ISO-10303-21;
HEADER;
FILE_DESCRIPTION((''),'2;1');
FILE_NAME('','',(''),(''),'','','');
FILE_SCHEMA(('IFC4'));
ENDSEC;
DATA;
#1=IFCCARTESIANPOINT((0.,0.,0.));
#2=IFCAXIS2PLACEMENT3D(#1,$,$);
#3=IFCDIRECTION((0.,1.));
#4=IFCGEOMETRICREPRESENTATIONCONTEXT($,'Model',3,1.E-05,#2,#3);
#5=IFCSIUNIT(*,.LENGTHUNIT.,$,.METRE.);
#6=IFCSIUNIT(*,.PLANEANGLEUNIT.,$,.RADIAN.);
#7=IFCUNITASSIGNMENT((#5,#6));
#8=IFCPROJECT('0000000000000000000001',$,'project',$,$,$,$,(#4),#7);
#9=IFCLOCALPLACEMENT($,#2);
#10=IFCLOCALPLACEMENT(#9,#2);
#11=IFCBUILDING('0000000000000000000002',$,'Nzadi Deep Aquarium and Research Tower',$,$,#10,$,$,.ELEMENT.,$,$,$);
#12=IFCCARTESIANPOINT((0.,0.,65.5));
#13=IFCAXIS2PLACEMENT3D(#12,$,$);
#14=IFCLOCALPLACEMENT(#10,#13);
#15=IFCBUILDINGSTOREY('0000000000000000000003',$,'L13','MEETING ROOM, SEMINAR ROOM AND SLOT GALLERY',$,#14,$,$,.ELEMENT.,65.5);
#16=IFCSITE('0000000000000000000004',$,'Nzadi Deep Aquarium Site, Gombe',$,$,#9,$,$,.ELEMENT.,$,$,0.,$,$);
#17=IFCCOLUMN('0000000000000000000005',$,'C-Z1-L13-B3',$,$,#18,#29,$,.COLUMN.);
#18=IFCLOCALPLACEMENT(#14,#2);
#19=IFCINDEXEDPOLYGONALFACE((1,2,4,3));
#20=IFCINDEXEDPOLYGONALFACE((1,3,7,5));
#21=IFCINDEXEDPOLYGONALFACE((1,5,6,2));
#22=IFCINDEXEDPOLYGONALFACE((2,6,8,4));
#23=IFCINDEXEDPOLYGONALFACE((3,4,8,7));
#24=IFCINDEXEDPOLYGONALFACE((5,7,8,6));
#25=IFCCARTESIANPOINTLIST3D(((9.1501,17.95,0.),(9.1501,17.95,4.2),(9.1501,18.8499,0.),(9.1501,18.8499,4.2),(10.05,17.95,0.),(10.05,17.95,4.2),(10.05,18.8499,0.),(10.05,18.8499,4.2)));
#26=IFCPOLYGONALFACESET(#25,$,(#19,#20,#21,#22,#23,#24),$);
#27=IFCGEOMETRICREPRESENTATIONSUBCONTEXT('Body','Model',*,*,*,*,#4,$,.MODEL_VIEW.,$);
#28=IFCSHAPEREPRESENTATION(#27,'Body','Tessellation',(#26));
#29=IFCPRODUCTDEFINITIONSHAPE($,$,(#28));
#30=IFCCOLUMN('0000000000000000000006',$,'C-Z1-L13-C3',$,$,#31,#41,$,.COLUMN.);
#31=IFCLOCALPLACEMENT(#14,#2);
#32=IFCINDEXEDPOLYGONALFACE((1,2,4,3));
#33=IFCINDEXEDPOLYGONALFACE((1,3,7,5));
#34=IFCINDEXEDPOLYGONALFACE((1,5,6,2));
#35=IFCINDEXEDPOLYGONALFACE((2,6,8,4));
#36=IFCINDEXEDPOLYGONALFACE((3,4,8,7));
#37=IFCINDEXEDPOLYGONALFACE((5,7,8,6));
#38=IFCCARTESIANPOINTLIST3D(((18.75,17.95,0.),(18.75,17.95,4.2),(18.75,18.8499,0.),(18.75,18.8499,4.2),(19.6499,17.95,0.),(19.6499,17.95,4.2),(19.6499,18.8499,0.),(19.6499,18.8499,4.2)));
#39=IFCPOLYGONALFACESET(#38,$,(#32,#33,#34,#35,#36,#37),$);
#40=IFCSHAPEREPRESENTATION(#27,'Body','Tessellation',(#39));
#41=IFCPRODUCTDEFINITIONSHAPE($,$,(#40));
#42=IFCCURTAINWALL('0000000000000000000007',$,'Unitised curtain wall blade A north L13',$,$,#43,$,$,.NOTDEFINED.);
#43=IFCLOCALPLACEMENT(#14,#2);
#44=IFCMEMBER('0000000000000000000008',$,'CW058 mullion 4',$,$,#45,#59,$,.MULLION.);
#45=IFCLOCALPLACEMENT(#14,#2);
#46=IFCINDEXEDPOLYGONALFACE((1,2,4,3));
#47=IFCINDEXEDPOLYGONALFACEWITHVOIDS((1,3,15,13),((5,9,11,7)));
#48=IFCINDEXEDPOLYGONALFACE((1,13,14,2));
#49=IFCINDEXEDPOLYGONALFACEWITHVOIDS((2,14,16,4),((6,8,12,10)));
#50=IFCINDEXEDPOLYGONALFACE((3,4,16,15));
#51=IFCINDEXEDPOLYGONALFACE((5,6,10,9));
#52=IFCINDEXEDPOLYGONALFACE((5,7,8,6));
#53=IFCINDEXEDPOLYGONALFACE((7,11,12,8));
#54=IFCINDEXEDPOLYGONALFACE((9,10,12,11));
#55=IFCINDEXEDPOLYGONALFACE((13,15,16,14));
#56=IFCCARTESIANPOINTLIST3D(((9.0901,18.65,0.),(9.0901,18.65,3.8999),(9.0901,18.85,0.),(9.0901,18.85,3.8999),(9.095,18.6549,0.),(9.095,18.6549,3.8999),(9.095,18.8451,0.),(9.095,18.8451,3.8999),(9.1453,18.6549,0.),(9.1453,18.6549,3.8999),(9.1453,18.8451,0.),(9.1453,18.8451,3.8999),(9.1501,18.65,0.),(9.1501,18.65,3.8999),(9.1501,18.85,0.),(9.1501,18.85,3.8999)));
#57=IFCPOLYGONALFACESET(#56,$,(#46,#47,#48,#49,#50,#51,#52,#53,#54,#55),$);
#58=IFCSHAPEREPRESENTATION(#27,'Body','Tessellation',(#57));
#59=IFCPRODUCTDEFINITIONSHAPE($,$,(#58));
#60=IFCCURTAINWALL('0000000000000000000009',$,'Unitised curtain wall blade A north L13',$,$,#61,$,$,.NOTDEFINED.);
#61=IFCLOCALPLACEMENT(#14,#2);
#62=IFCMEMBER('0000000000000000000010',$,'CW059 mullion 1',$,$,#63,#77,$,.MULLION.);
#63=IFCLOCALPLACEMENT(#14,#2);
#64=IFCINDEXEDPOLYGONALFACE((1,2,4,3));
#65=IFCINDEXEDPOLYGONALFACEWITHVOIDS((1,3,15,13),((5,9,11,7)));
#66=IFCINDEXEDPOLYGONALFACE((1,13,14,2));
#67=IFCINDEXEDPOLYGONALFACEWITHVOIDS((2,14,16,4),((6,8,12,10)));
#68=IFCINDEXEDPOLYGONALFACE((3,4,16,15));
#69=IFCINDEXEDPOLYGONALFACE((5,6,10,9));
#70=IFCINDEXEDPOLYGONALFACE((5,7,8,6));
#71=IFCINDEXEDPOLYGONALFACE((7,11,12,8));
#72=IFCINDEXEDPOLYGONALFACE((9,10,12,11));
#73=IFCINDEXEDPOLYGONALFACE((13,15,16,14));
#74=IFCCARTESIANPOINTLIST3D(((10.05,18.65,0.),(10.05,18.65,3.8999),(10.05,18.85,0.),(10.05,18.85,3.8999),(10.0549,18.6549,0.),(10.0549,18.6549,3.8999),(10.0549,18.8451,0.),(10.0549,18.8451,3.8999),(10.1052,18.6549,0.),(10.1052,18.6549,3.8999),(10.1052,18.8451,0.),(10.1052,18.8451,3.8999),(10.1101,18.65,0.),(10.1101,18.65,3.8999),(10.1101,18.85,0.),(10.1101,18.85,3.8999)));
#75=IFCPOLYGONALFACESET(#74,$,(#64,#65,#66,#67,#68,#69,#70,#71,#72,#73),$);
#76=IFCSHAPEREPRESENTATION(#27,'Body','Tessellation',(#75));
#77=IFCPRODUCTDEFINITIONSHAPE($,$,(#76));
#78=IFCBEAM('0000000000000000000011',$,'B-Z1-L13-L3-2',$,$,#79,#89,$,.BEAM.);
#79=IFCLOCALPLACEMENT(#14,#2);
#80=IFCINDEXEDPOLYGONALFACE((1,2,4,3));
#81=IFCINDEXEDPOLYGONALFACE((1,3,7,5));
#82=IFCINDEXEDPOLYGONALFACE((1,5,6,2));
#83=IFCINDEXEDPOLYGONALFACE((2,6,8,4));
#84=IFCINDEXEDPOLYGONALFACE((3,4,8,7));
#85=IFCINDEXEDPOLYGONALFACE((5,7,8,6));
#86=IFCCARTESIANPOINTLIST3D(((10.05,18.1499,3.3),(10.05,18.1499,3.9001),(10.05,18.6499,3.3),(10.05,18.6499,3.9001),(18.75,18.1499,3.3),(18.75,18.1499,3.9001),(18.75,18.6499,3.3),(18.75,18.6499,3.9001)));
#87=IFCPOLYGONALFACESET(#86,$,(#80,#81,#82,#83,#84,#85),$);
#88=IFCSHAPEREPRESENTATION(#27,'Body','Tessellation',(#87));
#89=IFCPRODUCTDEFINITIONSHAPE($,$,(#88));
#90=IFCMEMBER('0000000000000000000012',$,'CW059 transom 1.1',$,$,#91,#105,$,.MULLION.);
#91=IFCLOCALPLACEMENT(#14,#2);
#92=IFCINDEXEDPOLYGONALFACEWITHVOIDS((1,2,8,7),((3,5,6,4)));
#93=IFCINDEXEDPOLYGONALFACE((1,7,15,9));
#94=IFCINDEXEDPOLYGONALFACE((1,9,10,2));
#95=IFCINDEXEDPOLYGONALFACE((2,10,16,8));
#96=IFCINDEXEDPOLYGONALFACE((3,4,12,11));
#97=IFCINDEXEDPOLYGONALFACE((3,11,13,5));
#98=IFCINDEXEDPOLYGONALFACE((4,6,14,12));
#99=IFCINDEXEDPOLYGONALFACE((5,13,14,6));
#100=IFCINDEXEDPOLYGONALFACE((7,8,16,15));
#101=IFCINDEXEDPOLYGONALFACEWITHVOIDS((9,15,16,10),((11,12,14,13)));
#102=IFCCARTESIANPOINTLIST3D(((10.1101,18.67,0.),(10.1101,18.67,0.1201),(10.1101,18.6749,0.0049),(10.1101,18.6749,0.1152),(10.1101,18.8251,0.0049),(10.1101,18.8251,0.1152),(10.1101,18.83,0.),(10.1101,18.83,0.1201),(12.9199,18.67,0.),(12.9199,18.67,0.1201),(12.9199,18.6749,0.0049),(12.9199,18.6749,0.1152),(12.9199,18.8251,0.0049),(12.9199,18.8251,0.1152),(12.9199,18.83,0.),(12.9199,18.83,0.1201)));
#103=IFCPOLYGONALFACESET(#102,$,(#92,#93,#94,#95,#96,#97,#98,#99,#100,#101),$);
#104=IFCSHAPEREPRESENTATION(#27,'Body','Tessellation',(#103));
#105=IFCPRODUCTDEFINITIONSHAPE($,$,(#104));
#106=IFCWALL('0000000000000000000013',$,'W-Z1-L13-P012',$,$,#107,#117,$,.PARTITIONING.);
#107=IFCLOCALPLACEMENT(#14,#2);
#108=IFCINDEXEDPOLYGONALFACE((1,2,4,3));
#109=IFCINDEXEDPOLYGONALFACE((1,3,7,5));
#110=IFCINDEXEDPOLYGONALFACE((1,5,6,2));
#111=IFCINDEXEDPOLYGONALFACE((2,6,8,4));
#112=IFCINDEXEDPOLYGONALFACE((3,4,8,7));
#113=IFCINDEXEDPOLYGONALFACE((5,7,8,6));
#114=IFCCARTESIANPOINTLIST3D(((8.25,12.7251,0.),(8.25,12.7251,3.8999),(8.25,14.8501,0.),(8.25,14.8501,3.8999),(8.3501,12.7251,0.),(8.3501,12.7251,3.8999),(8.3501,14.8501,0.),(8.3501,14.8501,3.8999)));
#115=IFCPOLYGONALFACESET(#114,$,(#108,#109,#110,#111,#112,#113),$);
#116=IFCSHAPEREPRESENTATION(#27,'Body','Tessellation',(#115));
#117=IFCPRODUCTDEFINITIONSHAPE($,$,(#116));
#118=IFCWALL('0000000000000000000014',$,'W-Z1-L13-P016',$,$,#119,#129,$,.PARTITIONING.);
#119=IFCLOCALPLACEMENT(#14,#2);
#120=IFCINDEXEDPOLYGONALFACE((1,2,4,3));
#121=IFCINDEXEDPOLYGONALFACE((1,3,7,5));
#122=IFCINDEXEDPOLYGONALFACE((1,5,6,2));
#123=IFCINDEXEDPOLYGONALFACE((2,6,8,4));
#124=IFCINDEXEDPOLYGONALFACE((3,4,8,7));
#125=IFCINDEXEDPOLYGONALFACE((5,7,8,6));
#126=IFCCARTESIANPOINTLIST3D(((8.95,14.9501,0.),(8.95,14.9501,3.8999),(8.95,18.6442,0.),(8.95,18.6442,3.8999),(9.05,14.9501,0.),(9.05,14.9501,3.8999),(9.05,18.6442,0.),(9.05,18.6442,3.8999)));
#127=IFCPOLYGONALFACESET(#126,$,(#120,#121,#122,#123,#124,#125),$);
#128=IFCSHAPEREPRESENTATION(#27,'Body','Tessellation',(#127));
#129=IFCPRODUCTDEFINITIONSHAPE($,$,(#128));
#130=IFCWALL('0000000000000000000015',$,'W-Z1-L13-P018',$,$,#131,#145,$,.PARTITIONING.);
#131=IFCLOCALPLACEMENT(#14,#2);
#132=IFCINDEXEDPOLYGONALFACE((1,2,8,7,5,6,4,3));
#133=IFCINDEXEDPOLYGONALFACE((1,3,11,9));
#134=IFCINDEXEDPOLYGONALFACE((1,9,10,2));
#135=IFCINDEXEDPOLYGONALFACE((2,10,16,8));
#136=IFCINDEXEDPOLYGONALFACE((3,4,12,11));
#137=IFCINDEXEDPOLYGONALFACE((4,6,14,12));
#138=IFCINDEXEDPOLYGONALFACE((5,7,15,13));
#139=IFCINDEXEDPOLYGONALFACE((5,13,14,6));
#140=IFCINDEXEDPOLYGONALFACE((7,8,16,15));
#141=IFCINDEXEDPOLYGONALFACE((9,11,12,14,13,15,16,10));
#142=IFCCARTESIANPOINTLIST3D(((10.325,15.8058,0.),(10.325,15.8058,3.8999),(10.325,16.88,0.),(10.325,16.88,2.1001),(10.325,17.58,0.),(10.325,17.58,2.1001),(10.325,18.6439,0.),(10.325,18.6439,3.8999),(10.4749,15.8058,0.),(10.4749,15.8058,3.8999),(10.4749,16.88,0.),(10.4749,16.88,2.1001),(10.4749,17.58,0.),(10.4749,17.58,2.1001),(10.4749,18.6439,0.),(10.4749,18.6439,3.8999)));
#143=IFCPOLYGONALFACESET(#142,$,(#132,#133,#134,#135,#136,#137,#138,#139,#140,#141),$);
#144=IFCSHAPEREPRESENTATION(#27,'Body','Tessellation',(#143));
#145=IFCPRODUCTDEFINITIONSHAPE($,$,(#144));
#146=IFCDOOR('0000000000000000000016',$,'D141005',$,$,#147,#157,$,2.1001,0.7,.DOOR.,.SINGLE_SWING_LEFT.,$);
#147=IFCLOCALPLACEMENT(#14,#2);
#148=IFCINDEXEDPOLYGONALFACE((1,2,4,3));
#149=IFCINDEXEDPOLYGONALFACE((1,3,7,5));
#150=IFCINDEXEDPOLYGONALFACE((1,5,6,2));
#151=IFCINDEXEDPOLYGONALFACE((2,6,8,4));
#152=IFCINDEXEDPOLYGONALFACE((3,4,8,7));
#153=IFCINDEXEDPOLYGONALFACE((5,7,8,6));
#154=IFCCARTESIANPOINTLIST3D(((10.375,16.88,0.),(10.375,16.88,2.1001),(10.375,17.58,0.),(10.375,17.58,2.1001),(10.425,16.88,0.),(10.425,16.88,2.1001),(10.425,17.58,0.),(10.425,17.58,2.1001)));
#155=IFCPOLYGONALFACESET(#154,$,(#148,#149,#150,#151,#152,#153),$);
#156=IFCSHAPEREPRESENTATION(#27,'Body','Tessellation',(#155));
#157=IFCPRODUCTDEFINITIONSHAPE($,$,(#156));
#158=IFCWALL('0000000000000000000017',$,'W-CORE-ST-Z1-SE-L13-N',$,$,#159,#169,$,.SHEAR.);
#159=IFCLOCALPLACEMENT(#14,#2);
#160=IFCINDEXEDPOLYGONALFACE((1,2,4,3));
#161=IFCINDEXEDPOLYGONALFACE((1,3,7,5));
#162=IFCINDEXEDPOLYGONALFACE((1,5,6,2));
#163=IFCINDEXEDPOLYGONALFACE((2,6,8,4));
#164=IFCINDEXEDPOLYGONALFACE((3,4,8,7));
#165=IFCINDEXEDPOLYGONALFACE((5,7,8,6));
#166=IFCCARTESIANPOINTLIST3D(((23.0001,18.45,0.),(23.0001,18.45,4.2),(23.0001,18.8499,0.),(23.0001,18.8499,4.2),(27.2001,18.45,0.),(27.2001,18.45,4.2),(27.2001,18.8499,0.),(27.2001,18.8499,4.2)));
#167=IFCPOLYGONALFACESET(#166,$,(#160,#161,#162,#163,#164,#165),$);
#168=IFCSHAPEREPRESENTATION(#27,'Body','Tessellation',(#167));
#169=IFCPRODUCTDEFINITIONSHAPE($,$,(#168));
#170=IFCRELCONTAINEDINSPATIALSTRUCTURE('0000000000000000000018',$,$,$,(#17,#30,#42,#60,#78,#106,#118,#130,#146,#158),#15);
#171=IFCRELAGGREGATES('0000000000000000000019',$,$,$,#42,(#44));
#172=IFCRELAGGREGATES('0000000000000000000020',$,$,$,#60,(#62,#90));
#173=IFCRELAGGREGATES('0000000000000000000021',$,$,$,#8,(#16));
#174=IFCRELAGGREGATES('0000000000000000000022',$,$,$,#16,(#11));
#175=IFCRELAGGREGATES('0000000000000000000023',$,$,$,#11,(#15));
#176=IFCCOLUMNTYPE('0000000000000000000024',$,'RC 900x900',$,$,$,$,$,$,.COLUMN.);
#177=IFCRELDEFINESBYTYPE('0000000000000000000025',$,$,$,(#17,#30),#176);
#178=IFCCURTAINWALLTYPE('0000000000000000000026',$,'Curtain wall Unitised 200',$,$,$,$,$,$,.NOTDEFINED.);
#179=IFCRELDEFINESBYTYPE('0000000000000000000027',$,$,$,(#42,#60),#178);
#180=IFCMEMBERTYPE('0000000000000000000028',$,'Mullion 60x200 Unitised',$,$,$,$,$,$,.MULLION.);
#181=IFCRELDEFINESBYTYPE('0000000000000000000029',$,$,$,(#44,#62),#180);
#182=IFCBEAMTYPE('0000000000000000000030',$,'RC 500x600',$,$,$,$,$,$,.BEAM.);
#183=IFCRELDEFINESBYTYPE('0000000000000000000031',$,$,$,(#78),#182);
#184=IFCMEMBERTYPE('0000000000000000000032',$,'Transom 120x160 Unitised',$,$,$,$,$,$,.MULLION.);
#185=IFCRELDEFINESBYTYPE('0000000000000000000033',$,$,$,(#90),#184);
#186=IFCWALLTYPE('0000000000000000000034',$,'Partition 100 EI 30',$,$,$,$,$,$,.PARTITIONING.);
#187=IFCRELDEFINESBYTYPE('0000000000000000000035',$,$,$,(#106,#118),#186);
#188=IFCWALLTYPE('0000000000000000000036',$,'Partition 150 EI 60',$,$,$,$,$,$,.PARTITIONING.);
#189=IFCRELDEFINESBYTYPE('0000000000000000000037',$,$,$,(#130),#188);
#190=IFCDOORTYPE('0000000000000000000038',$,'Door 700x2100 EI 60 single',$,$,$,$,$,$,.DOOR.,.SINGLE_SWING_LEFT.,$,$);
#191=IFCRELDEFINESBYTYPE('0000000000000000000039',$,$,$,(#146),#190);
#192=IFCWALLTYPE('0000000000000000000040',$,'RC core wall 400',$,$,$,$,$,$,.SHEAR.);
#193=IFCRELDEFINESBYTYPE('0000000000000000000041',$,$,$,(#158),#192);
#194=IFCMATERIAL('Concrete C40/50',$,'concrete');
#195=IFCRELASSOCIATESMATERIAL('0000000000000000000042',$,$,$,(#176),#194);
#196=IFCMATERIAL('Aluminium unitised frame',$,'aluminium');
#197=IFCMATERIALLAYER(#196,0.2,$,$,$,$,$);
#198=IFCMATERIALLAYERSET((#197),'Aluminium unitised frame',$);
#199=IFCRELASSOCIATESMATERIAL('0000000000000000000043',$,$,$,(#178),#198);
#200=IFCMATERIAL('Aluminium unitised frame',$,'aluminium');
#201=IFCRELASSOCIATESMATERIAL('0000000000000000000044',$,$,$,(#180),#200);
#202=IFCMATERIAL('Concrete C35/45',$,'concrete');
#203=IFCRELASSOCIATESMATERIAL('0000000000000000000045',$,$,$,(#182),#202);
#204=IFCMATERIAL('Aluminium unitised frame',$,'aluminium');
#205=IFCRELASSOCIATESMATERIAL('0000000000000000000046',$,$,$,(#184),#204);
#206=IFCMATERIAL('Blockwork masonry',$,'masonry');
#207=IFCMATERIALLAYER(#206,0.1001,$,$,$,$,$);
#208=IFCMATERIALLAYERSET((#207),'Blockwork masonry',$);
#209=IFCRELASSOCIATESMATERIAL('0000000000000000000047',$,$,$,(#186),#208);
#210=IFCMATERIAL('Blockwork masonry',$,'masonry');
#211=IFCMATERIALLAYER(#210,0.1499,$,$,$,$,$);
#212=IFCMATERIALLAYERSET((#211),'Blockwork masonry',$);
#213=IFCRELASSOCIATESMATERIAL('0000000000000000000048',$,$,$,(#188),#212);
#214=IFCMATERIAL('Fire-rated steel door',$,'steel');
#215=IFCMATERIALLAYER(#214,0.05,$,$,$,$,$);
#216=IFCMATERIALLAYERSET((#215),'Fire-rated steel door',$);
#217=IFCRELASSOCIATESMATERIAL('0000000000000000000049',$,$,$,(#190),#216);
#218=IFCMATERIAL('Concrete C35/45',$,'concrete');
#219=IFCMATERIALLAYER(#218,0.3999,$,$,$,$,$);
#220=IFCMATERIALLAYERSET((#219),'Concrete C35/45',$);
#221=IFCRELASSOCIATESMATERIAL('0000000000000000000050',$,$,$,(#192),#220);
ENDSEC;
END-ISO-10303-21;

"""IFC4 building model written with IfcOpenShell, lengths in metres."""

from ifc_helpers import new_model, si_unit, direction, frame, frame_2d, origin, origin_2d, place, context, subcontext, project, spatial, rectangle, hollow_rectangle, extrude, material, layer, layer_set, material_profile, profile_set, type_object, element, fill, aggregate, save


model = new_model("IFC4")

# Units and contexts
model_context = context("Model", 3, precision=1e-05, world=origin(), true_north=direction((0.0, 1.0)))
body_context = subcontext(model_context, "Body", "Model", "MODEL_VIEW")
ifc_project = project(units=[si_unit("LENGTHUNIT", "METRE"), si_unit("PLANEANGLEUNIT", "RADIAN")], contexts=[model_context])

# Site, building, storey
site_placement = place(None, origin())
site = spatial("IfcSite", under=ifc_project, at=site_placement, Name="Nzadi Deep Aquarium Site, Gombe", CompositionType="ELEMENT", RefElevation=0.0)
building_placement = place(site_placement, origin())
building = spatial("IfcBuilding", under=site, at=building_placement, Name="Nzadi Deep Aquarium and Research Tower", CompositionType="ELEMENT")
storey_placement = place(building_placement, frame((0.0, 0.0, 65.5)))
storey = spatial("IfcBuildingStorey", under=building, at=storey_placement, Name="L13", Description="MEETING ROOM, SEMINAR ROOM AND SLOT GALLERY", CompositionType="ELEMENT", Elevation=65.5)

# Columns
ifc_material_1 = material(Name="Concrete C40/50", Category="concrete")
ifc_material_profile_1 = material_profile(ifc_material_1, rectangle(XDim=0.8999, YDim=0.8999, at=origin_2d()))
ifc_profile_set_1 = profile_set([ifc_material_profile_1], Name="Concrete C40/50")
column_type = type_object("IfcColumnType", Name="RC 900x900", PredefinedType="COLUMN", material=ifc_profile_set_1)
for number, where, z_axis, x_axis, name in (
    (1, (9.6001, 18.3999, 0.0), (0.0, 0.0, 1.0), (1.0, 0.0, 0.0), "C-Z1-L13-B3"),
    (2, (19.2, 18.3999, 0.0), (0.0, 0.0, 1.0), (1.0, 0.0, 0.0), "C-Z1-L13-C3"),
):
    element("IfcColumn", number, at=place(storey_placement, frame(where, z_axis=z_axis, x_axis=x_axis)), inside=storey, type_object=column_type, Name=name, PredefinedType="COLUMN", context=body_context, shape_type="SweptSolid", body=[
        extrude(rectangle(XDim=0.8999, YDim=0.8999, at=origin_2d()), origin(), (0.0, 0.0, 1.0), 4.2),
    ])

# Curtain walls, members
ifc_material_2 = material(Name="Aluminium unitised frame", Category="aluminium")
ifc_layer_1 = layer(ifc_material_2, 0.2)
ifc_layer_set_1 = layer_set([ifc_layer_1], Name="Aluminium unitised frame")
curtain_wall_type = type_object("IfcCurtainWallType", Name="Curtain wall Unitised 200", PredefinedType="NOTDEFINED", material=ifc_layer_set_1)
curtain_wall_1_placement = place(storey_placement, origin())
curtain_wall_1 = element("IfcCurtainWall", 3, at=curtain_wall_1_placement, inside=storey, type_object=curtain_wall_type, Name="Unitised curtain wall blade A north L13", PredefinedType="NOTDEFINED")
ifc_material_3 = material(Name="Aluminium unitised frame", Category="aluminium")
ifc_material_profile_2 = material_profile(ifc_material_3, hollow_rectangle(XDim=0.2, YDim=0.0601, WallThickness=0.0049, at=origin_2d()))
ifc_profile_set_2 = profile_set([ifc_material_profile_2], Name="Aluminium unitised frame")
member_type_1 = type_object("IfcMemberType", Name="Mullion 60x200 Unitised", PredefinedType="MULLION", material=ifc_profile_set_2)
member_1_placement = place(storey_placement, frame((9.1201, 18.75, 0.0), z_axis=(0.0, 0.0, 1.0), x_axis=(0.0, 1.0, 0.0)))
member_1 = element("IfcMember", 4, at=member_1_placement, type_object=member_type_1, Name="CW058 mullion 4", PredefinedType="MULLION", context=body_context, shape_type="SweptSolid", body=[
    extrude(hollow_rectangle(XDim=0.2, YDim=0.0601, WallThickness=0.0049, at=origin_2d()), origin(), (0.0, 0.0, 1.0), 3.8999),
])
aggregate(curtain_wall_1, [member_1])
curtain_wall_2_placement = place(storey_placement, origin())
curtain_wall_2 = element("IfcCurtainWall", 5, at=curtain_wall_2_placement, inside=storey, type_object=curtain_wall_type, Name="Unitised curtain wall blade A north L13", PredefinedType="NOTDEFINED")
member_2_placement = place(storey_placement, frame((10.0801, 18.75, 0.0), z_axis=(0.0, 0.0, 1.0), x_axis=(0.0, 1.0, 0.0)))
member_2 = element("IfcMember", 6, at=member_2_placement, type_object=member_type_1, Name="CW059 mullion 1", PredefinedType="MULLION", context=body_context, shape_type="SweptSolid", body=[
    extrude(hollow_rectangle(XDim=0.2, YDim=0.0601, WallThickness=0.0049, at=origin_2d()), origin(), (0.0, 0.0, 1.0), 3.8999),
])

# Beam
ifc_material_4 = material(Name="Concrete C35/45", Category="concrete")
ifc_material_profile_3 = material_profile(ifc_material_4, rectangle(XDim=0.5, YDim=0.6001, at=origin_2d()))
ifc_profile_set_3 = profile_set([ifc_material_profile_3], Name="Concrete C35/45")
beam_type = type_object("IfcBeamType", Name="RC 500x600", PredefinedType="BEAM", material=ifc_profile_set_3)
beam_placement = place(storey_placement, frame((10.05, 18.3999, 3.6001), z_axis=(1.0, 0.0, 0.0), x_axis=(0.0, 1.0, 0.0)))
element("IfcBeam", 7, at=beam_placement, inside=storey, type_object=beam_type, Name="B-Z1-L13-L3-2", PredefinedType="BEAM", context=body_context, shape_type="SweptSolid", body=[
    extrude(rectangle(XDim=0.5, YDim=0.6001, at=origin_2d()), origin(), (0.0, 0.0, 1.0), 8.7),
])

# Member
ifc_material_5 = material(Name="Aluminium unitised frame", Category="aluminium")
ifc_material_profile_4 = material_profile(ifc_material_5, hollow_rectangle(XDim=0.1599, YDim=0.1201, WallThickness=0.0049, at=origin_2d()))
ifc_profile_set_4 = profile_set([ifc_material_profile_4], Name="Aluminium unitised frame")
member_type_2 = type_object("IfcMemberType", Name="Transom 120x160 Unitised", PredefinedType="MULLION", material=ifc_profile_set_4)
member_3_placement = place(storey_placement, frame((10.1101, 18.75, 0.0601), z_axis=(1.0, 0.0, 0.0), x_axis=(0.0, 1.0, 0.0)))
member_3 = element("IfcMember", 8, at=member_3_placement, type_object=member_type_2, Name="CW059 transom 1.1", PredefinedType="MULLION", context=body_context, shape_type="SweptSolid", body=[
    extrude(hollow_rectangle(XDim=0.1599, YDim=0.1201, WallThickness=0.0049, at=origin_2d()), origin(), (0.0, 0.0, 1.0), 2.8098),
])
aggregate(curtain_wall_2, [member_2, member_3])

# Walls
ifc_material_6 = material(Name="Blockwork masonry", Category="masonry")
ifc_layer_2 = layer(ifc_material_6, 0.1001)
ifc_layer_set_2 = layer_set([ifc_layer_2], Name="Blockwork masonry")
wall_type_1 = type_object("IfcWallType", Name="Partition 100 EI 30", PredefinedType="PARTITIONING", material=ifc_layer_set_2)
wall_1_placement = place(storey_placement, frame((8.3, 12.7251, 0.0), z_axis=(0.0, 0.0, 1.0), x_axis=(0.0, 1.0, 0.0)))
element("IfcWall", 9, at=wall_1_placement, inside=storey, type_object=wall_type_1, Name="W-Z1-L13-P012", PredefinedType="PARTITIONING", context=body_context, shape_type="SweptSolid", body=[
    extrude(rectangle(XDim=2.125, YDim=0.1001, at=frame_2d((1.0625, 0.0))), origin(), (0.0, 0.0, 1.0), 3.8999),
])
wall_2_placement = place(storey_placement, frame((9.0, 14.95, 0.0), z_axis=(0.0, 0.0, 1.0), x_axis=(0.0, 1.0, 0.0)))
element("IfcWall", 10, at=wall_2_placement, inside=storey, type_object=wall_type_1, Name="W-Z1-L13-P016", PredefinedType="PARTITIONING", context=body_context, shape_type="SweptSolid", body=[
    extrude(rectangle(XDim=3.6941, YDim=0.1001, at=frame_2d((1.8472, 0.0))), origin(), (0.0, 0.0, 1.0), 3.8999),
])

# Wall, opening, door
ifc_material_7 = material(Name="Blockwork masonry", Category="masonry")
ifc_layer_3 = layer(ifc_material_7, 0.1499)
ifc_layer_set_3 = layer_set([ifc_layer_3], Name="Blockwork masonry")
wall_type_2 = type_object("IfcWallType", Name="Partition 150 EI 60", PredefinedType="PARTITIONING", material=ifc_layer_set_3)
wall_3_placement = place(storey_placement, frame((10.3999, 15.8059, 0.0), z_axis=(0.0, 0.0, 1.0), x_axis=(0.0, 1.0, 0.0)))
wall_3 = element("IfcWall", 11, at=wall_3_placement, inside=storey, type_object=wall_type_2, Name="W-Z1-L13-P018", PredefinedType="PARTITIONING", context=body_context, shape_type="SweptSolid", body=[
    extrude(rectangle(XDim=2.8381, YDim=0.1499, at=frame_2d((1.4189, 0.0))), origin(), (0.0, 0.0, 1.0), 3.8999),
])
opening_1_placement = place(wall_3_placement, frame((1.074, 0.0, 0.0)))
opening_1 = element("IfcOpeningElement", 12, at=opening_1_placement, cuts=wall_3, PredefinedType="OPENING", context=body_context, shape_type="SweptSolid", body=[
    extrude(rectangle(XDim=0.7, YDim=2.1001, at=frame_2d((0.3501, 1.05))), frame((0.0, 0.085, 0.0), z_axis=(0.0, -1.0, 0.0), x_axis=(1.0, 0.0, 0.0)), (0.0, 0.0, 1.0), 0.1699),
])
ifc_material_8 = material(Name="Fire-rated steel door", Category="steel")
ifc_layer_4 = layer(ifc_material_8, 0.05)
ifc_layer_set_4 = layer_set([ifc_layer_4], Name="Fire-rated steel door")
door_type_1 = type_object("IfcDoorType", Name="Door 700x2100 EI 60 single", OperationType="SINGLE_SWING_LEFT", PredefinedType="DOOR", material=ifc_layer_set_4)
door_1_placement = place(opening_1_placement, origin())
door_1 = element("IfcDoor", 13, at=door_1_placement, inside=storey, type_object=door_type_1, Name="D141005", OperationType="SINGLE_SWING_LEFT", OverallHeight=2.1001, OverallWidth=0.7, PredefinedType="DOOR", context=body_context, shape_type="SweptSolid", body=[
    extrude(rectangle(XDim=0.7, YDim=2.1001, at=frame_2d((0.3501, 1.05))), frame((0.0, 0.0249, 0.0), z_axis=(0.0, -1.0, 0.0), x_axis=(1.0, 0.0, 0.0)), (0.0, 0.0, 1.0), 0.05),
])
fill(opening_1, door_1)

# Wall
ifc_material_9 = material(Name="Concrete C35/45", Category="concrete")
ifc_layer_5 = layer(ifc_material_9, 0.3999)
ifc_layer_set_5 = layer_set([ifc_layer_5], Name="Concrete C35/45")
wall_type_3 = type_object("IfcWallType", Name="RC core wall 400", PredefinedType="SHEAR", material=ifc_layer_set_5)
wall_4_placement = place(storey_placement, frame((23.0, 18.6499, 0.0), z_axis=(0.0, 0.0, 1.0), x_axis=(1.0, 0.0, 0.0)))
element("IfcWall", 14, at=wall_4_placement, inside=storey, type_object=wall_type_3, Name="W-CORE-ST-Z1-SE-L13-N", PredefinedType="SHEAR", context=body_context, shape_type="SweptSolid", body=[
    extrude(rectangle(XDim=4.2, YDim=0.3999, at=frame_2d((2.1001, 0.0))), origin(), (0.0, 0.0, 1.0), 4.2),
])

save(model, "model.ifc")
